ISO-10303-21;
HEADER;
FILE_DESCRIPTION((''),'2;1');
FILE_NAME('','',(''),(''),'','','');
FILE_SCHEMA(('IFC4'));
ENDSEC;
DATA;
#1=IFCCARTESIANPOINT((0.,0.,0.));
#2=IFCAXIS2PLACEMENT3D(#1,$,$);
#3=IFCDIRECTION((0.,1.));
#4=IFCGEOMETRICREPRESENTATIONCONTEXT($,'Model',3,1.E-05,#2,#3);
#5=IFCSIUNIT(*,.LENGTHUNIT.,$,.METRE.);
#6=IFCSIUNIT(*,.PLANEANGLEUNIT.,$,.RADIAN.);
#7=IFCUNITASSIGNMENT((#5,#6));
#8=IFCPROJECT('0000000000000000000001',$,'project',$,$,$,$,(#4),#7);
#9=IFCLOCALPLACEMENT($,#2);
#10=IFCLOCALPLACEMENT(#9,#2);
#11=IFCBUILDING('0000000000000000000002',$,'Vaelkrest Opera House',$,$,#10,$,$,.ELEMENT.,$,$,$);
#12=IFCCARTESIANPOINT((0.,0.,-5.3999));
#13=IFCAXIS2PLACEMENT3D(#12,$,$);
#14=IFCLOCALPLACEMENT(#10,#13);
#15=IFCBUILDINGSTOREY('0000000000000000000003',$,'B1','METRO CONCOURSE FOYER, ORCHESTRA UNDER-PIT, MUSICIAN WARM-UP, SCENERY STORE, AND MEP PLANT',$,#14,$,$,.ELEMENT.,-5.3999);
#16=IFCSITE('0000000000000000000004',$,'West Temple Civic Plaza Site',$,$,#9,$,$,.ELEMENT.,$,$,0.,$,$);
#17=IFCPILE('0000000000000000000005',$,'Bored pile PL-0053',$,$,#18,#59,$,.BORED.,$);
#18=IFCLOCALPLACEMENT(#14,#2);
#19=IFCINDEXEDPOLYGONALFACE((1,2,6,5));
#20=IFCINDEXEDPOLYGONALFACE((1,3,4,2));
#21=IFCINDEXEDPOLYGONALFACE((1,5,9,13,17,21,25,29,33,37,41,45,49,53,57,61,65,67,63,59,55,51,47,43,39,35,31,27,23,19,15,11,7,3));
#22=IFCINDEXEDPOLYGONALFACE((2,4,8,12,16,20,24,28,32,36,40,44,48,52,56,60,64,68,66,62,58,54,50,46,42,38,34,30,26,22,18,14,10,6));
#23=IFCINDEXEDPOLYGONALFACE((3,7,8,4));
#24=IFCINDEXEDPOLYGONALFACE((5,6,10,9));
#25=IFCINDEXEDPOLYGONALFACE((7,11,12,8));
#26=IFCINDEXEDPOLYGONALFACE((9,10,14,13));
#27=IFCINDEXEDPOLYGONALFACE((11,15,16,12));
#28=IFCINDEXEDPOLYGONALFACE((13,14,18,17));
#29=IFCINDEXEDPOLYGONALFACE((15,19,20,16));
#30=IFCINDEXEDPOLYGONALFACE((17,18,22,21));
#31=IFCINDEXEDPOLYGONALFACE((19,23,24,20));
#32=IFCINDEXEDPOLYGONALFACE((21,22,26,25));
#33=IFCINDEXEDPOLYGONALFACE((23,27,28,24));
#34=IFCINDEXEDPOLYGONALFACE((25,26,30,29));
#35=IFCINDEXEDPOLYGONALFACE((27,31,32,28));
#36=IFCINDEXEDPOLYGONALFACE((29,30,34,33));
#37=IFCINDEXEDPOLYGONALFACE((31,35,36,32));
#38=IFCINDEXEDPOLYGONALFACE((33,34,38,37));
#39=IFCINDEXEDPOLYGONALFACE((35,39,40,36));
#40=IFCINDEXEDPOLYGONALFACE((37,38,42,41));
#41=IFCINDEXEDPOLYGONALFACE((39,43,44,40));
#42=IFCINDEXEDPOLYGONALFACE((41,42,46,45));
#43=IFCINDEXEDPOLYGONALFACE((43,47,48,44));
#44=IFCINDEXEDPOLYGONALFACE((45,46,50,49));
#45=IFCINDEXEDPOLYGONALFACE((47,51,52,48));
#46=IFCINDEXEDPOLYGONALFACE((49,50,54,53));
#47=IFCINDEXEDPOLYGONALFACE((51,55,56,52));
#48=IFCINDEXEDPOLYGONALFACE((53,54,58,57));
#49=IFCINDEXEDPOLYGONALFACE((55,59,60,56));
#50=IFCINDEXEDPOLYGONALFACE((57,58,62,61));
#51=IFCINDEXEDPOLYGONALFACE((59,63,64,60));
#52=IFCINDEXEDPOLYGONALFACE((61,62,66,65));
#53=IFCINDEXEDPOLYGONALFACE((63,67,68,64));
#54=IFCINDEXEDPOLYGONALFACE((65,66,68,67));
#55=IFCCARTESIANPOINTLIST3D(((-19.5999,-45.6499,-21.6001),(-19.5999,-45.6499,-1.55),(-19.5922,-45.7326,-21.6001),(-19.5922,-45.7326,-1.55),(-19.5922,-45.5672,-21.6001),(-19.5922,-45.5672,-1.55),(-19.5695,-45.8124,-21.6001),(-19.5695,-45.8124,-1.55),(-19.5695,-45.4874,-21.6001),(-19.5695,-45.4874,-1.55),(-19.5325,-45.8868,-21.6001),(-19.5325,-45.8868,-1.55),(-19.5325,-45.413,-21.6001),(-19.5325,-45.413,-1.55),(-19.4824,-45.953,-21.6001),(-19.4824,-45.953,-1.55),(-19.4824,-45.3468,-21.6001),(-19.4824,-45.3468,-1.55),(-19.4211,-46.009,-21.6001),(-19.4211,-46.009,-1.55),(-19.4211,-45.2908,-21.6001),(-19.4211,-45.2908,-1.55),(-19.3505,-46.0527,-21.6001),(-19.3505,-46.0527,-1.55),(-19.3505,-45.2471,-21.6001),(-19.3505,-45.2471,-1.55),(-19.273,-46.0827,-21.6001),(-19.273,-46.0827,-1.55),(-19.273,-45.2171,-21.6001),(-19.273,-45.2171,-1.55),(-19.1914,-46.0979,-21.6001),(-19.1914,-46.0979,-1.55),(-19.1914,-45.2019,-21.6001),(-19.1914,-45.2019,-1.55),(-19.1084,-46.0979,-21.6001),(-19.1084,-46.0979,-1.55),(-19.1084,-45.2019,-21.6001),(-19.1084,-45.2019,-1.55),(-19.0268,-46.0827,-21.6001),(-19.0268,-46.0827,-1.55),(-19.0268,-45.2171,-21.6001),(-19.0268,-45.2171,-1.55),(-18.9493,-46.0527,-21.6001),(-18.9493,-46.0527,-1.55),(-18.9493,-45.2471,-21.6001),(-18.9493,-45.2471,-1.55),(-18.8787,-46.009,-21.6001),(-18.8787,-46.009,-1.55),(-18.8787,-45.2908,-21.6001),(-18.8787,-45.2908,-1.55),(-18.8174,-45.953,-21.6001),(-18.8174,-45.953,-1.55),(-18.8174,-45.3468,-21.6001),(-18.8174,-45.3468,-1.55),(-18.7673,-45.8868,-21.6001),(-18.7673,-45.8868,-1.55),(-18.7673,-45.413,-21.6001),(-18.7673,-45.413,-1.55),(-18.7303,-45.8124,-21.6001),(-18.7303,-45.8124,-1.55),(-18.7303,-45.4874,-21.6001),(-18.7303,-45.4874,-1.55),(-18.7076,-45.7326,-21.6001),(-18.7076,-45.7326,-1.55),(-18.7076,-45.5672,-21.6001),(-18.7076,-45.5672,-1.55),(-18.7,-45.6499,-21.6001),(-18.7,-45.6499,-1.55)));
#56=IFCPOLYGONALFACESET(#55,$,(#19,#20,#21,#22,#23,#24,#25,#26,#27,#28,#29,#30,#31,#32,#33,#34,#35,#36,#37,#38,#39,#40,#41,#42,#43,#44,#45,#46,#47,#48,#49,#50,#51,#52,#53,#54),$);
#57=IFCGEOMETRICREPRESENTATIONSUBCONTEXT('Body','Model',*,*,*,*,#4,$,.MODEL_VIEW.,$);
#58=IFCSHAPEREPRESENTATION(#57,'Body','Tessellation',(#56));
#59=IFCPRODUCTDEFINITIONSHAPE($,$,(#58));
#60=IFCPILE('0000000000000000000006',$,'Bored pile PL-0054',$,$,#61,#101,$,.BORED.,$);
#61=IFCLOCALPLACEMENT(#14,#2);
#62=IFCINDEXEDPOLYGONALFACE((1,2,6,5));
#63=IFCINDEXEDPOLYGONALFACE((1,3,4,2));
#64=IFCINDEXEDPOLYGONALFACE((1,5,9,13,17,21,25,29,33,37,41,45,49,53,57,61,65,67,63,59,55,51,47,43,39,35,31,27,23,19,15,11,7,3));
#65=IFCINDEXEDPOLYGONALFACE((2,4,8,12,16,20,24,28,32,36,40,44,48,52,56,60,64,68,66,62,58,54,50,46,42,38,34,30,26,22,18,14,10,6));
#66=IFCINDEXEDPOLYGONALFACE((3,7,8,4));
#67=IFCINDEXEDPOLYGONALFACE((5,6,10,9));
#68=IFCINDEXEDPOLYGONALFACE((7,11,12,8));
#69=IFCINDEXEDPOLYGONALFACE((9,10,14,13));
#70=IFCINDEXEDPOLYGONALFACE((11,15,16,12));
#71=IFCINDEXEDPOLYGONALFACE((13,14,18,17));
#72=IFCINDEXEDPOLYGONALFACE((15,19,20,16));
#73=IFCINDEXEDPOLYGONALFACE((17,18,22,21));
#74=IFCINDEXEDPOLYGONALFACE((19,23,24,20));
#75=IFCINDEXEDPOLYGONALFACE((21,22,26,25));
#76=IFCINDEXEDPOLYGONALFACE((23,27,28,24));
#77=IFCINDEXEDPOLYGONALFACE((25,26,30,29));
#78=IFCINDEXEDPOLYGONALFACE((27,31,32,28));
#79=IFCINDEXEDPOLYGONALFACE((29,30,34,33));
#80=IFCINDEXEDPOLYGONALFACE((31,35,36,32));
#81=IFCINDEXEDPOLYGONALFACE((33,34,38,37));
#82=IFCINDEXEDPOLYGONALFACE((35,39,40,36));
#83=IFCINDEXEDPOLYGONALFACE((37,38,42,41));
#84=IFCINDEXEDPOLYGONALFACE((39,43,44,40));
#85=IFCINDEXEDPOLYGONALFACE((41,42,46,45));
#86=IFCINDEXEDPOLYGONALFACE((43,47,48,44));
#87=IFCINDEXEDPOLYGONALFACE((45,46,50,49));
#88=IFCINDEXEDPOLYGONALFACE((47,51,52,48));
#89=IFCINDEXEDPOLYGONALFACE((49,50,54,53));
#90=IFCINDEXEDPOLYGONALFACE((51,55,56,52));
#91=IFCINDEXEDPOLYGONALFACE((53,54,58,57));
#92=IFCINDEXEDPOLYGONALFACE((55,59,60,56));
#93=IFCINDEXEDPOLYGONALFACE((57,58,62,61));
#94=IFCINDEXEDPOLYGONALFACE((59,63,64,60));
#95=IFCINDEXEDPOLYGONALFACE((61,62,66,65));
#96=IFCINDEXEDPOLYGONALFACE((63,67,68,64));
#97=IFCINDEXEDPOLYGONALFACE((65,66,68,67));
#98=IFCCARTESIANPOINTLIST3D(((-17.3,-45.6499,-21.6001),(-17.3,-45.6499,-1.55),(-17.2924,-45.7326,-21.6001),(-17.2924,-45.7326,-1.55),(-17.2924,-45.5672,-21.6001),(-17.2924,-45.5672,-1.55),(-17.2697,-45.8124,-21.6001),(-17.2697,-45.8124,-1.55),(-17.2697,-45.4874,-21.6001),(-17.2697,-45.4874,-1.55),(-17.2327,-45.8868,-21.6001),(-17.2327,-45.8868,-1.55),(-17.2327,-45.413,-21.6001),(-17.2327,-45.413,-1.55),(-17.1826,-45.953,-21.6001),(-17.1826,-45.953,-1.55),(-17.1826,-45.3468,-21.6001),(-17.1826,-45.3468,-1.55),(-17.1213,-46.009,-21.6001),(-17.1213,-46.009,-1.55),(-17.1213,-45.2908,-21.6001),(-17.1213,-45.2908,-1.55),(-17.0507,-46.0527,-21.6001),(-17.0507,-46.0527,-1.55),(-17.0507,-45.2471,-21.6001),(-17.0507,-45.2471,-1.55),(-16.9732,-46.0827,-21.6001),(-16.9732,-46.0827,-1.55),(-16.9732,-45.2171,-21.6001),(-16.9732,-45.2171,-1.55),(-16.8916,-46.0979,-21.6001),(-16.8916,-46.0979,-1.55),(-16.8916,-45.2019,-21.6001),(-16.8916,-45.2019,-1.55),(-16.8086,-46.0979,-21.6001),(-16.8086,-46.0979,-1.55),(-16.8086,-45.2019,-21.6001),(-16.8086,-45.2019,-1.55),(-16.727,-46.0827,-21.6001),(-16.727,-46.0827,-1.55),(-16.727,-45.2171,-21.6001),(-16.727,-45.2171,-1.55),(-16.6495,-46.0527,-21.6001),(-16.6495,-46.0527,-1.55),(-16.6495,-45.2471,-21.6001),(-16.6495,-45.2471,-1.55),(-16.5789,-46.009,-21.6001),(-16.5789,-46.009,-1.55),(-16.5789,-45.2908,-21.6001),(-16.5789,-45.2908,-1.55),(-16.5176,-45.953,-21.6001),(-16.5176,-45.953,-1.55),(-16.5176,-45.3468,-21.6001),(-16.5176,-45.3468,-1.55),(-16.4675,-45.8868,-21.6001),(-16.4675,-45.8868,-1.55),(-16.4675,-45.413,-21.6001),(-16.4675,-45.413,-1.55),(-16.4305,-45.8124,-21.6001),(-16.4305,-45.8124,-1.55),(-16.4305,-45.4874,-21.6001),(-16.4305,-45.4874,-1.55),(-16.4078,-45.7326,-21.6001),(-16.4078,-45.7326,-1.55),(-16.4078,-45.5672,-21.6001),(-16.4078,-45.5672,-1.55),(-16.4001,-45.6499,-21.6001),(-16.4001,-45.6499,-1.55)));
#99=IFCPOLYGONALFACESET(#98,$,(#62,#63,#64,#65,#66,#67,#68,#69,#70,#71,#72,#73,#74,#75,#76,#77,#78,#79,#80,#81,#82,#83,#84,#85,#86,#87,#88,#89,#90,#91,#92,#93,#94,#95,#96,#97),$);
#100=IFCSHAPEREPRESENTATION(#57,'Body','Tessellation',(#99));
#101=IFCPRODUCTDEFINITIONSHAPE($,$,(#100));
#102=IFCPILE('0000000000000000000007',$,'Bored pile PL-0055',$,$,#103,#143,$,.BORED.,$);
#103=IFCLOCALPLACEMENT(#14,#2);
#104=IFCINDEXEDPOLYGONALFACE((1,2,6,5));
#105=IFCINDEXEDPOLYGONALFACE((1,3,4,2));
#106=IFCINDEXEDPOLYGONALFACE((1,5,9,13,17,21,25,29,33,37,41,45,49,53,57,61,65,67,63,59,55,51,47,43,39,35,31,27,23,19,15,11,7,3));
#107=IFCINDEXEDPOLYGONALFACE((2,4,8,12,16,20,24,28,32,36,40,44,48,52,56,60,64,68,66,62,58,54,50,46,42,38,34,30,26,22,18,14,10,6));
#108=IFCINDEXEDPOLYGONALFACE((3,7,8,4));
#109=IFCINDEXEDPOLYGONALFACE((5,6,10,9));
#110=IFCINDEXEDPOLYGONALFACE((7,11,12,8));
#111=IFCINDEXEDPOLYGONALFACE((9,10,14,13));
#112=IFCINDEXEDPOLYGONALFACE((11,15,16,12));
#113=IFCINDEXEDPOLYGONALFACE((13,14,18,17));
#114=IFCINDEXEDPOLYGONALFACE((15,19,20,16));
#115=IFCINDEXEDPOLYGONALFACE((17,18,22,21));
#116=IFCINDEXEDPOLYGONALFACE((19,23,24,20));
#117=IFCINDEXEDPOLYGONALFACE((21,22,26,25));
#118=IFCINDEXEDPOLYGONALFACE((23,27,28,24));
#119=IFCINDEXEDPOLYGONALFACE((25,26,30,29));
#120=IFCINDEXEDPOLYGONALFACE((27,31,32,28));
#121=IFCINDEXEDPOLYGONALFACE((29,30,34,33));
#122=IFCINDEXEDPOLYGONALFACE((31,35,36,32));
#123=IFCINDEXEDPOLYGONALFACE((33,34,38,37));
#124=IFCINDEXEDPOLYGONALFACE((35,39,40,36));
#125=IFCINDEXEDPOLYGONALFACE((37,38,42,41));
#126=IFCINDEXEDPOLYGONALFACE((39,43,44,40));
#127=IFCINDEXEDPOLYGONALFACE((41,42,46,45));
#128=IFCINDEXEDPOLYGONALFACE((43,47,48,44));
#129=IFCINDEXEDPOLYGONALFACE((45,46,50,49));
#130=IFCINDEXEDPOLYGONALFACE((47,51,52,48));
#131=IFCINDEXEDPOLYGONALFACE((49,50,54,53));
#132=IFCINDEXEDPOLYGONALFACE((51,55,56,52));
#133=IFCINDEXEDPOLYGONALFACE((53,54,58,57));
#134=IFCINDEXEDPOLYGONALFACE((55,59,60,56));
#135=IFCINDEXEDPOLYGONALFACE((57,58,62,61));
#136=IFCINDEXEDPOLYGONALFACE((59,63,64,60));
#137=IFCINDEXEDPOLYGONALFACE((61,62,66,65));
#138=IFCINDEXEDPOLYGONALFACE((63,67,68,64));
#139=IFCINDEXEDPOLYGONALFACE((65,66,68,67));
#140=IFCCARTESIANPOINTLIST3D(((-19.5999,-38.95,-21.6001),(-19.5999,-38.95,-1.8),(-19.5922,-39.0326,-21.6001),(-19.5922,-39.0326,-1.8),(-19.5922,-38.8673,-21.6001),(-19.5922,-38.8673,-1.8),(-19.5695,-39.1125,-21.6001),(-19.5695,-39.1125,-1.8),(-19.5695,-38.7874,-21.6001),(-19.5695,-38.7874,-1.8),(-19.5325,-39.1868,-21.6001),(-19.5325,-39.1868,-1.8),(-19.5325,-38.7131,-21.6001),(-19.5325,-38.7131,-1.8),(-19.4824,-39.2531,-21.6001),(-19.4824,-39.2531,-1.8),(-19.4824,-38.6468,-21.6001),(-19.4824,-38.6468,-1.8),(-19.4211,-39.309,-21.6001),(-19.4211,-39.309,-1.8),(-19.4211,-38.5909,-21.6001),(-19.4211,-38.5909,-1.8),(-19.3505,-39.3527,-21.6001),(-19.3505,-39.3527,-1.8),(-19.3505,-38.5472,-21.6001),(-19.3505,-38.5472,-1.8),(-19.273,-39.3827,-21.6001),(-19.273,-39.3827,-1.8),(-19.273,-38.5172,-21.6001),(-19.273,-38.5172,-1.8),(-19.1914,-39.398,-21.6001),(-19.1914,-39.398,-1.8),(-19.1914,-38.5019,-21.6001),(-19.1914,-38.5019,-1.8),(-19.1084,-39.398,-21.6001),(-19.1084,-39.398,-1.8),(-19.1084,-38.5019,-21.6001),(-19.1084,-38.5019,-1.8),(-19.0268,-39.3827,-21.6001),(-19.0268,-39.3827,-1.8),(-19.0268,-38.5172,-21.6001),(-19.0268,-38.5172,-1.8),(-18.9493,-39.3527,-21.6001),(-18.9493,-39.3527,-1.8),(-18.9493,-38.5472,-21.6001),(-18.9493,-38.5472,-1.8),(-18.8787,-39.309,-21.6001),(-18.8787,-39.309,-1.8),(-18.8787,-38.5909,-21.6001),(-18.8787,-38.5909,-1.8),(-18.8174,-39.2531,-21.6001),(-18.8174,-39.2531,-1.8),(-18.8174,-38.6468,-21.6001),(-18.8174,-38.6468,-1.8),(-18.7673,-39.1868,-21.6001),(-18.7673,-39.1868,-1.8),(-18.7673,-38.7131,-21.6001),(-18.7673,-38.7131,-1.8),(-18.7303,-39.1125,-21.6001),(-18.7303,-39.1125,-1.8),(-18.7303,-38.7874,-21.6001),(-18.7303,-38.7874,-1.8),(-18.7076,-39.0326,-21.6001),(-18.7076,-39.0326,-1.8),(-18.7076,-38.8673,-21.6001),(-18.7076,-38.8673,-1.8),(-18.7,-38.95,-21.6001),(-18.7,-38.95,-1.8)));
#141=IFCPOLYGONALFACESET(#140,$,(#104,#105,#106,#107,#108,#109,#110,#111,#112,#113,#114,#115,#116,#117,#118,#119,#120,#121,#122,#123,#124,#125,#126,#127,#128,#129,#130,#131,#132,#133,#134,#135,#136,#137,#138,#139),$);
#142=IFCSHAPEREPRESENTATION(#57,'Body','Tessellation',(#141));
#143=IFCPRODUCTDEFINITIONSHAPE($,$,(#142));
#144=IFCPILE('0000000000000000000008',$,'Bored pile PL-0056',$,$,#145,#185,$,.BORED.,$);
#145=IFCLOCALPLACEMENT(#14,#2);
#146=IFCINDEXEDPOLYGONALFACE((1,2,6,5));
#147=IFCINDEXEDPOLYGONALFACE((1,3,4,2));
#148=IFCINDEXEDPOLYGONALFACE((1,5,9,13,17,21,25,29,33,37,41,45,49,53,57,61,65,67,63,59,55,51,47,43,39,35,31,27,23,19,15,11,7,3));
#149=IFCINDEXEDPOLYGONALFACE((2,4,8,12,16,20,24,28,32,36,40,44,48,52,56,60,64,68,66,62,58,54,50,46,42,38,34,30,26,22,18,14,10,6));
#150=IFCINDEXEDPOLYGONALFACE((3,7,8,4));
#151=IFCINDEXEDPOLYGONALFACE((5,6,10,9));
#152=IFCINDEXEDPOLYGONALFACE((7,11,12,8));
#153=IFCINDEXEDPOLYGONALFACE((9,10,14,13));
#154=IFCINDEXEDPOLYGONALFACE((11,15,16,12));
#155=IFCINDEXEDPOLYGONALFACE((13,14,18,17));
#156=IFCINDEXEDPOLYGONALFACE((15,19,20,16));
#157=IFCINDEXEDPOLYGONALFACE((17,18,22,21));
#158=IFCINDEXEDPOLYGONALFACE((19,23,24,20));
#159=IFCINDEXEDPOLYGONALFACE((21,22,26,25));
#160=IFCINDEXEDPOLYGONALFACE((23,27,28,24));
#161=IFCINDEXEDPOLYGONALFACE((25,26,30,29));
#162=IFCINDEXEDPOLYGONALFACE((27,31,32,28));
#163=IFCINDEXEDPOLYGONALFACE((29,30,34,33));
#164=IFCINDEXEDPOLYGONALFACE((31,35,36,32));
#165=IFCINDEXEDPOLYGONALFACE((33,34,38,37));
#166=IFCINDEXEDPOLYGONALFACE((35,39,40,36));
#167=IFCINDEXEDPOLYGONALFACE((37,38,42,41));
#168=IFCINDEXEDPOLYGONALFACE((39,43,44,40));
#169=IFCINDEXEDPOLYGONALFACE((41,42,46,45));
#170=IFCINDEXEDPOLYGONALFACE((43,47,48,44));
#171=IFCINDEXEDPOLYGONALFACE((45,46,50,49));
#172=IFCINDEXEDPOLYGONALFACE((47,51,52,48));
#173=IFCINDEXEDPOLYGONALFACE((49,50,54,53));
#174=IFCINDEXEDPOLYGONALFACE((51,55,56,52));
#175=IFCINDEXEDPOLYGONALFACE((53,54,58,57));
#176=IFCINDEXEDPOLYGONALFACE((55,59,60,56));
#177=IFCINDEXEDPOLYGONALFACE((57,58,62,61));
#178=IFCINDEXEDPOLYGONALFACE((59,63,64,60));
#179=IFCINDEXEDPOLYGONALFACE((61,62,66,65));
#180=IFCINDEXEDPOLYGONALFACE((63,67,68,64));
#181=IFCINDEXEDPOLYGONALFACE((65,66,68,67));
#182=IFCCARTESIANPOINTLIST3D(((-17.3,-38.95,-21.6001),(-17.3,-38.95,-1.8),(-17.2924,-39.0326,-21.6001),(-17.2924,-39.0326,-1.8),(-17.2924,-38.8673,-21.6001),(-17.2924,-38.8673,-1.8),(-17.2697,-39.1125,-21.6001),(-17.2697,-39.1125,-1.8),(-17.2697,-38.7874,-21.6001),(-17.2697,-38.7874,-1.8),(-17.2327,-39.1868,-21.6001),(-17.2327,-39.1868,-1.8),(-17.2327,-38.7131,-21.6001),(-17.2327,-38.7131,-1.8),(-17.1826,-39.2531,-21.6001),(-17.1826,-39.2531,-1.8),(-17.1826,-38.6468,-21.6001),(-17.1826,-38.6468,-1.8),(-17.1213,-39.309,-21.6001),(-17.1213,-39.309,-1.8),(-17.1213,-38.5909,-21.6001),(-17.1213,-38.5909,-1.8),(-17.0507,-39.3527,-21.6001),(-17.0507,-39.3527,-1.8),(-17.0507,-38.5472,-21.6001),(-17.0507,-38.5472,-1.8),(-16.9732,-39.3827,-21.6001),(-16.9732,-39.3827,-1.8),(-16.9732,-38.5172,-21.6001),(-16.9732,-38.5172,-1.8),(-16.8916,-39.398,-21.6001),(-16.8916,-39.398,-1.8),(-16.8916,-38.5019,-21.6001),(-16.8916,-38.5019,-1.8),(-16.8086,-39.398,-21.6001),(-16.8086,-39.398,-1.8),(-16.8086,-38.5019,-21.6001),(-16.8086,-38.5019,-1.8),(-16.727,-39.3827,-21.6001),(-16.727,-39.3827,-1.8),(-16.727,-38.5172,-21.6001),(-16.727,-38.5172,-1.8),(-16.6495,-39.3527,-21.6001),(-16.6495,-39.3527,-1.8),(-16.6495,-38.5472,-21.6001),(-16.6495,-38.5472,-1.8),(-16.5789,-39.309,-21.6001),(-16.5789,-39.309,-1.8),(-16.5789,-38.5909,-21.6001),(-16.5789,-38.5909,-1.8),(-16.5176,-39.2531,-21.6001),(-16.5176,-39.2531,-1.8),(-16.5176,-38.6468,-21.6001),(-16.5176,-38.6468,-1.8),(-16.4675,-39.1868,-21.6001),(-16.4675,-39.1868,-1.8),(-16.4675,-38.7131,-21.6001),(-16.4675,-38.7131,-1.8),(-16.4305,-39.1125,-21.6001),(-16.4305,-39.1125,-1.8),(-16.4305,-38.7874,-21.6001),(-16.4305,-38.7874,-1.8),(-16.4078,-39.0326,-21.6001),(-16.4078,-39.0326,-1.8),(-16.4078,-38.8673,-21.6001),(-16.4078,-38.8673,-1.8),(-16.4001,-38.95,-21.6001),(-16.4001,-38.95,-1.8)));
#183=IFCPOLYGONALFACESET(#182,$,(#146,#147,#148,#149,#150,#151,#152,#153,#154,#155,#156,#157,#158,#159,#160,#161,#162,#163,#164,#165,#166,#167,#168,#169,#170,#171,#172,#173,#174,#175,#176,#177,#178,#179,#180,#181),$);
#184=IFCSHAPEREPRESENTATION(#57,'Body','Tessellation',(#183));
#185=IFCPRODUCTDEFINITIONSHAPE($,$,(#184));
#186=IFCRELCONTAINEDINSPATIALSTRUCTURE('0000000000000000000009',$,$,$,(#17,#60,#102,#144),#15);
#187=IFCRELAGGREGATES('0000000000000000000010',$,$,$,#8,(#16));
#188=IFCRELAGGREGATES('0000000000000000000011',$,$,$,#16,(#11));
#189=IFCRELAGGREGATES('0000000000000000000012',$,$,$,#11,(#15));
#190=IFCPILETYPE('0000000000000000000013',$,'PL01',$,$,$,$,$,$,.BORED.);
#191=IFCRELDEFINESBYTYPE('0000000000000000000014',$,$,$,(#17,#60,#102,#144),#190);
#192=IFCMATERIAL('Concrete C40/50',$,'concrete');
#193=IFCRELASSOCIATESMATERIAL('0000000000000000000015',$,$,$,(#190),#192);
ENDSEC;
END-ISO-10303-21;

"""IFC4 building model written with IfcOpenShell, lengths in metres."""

from ifc_helpers import new_model, si_unit, direction, frame, origin, origin_2d, place, context, subcontext, project, spatial, circle, extrude, material, material_profile, profile_set, type_object, element, save


model = new_model("IFC4")

# Units and contexts
model_context = context("Model", 3, precision=1e-05, world=origin(), true_north=direction((0.0, 1.0)))
body_context = subcontext(model_context, "Body", "Model", "MODEL_VIEW")
ifc_project = project(units=[si_unit("LENGTHUNIT", "METRE"), si_unit("PLANEANGLEUNIT", "RADIAN")], contexts=[model_context])

# Site, building, storey
site_placement = place(None, origin())
site = spatial("IfcSite", under=ifc_project, at=site_placement, Name="West Temple Civic Plaza Site", CompositionType="ELEMENT", RefElevation=0.0)
building_placement = place(site_placement, origin())
building = spatial("IfcBuilding", under=site, at=building_placement, Name="Vaelkrest Opera House", CompositionType="ELEMENT")
storey_placement = place(building_placement, frame((0.0, 0.0, -5.3999)))
storey = spatial("IfcBuildingStorey", under=building, at=storey_placement, Name="B1", Description="METRO CONCOURSE FOYER, ORCHESTRA UNDER-PIT, MUSICIAN WARM-UP, SCENERY STORE, AND MEP PLANT", CompositionType="ELEMENT", Elevation=-5.3999)

# Shared definitions
ifc_material_1 = material(Name="Concrete C40/50", Category="concrete")

# Piles
ifc_material_profile_1 = material_profile(ifc_material_1, circle(Radius=0.45, at=origin_2d()), Name="PILE900")
ifc_profile_set_1 = profile_set([ifc_material_profile_1], Name="Concrete C40/50")
pile_type = type_object("IfcPileType", Name="PL01", PredefinedType="BORED", material=ifc_profile_set_1)
for number, where, z_axis, x_axis, name in (
    (1, (-19.1499, -45.6499, -1.55), (0.0, 0.0, -1.0), (1.0, 0.0, 0.0), "Bored pile PL-0053"),
    (2, (-16.8501, -45.6499, -1.55), (0.0, 0.0, -1.0), (1.0, 0.0, 0.0), "Bored pile PL-0054"),
):
    element("IfcPile", number, at=place(storey_placement, frame(where, z_axis=z_axis, x_axis=x_axis)), inside=storey, type_object=pile_type, Name=name, PredefinedType="BORED", context=body_context, shape_type="SweptSolid", body=[
        extrude(circle(Radius=0.45, at=origin_2d()), origin(), (0.0, 0.0, 1.0), 20.05),
    ])
for number, where, z_axis, x_axis, name in (
    (3, (-19.1499, -38.95, -1.8), (0.0, 0.0, -1.0), (1.0, 0.0, 0.0), "Bored pile PL-0055"),
    (4, (-16.8501, -38.95, -1.8), (0.0, 0.0, -1.0), (1.0, 0.0, 0.0), "Bored pile PL-0056"),
):
    element("IfcPile", number, at=place(storey_placement, frame(where, z_axis=z_axis, x_axis=x_axis)), inside=storey, type_object=pile_type, Name=name, PredefinedType="BORED", context=body_context, shape_type="SweptSolid", body=[
        extrude(circle(Radius=0.45, at=origin_2d()), origin(), (0.0, 0.0, 1.0), 19.8),
    ])

save(model, "model.ifc")
